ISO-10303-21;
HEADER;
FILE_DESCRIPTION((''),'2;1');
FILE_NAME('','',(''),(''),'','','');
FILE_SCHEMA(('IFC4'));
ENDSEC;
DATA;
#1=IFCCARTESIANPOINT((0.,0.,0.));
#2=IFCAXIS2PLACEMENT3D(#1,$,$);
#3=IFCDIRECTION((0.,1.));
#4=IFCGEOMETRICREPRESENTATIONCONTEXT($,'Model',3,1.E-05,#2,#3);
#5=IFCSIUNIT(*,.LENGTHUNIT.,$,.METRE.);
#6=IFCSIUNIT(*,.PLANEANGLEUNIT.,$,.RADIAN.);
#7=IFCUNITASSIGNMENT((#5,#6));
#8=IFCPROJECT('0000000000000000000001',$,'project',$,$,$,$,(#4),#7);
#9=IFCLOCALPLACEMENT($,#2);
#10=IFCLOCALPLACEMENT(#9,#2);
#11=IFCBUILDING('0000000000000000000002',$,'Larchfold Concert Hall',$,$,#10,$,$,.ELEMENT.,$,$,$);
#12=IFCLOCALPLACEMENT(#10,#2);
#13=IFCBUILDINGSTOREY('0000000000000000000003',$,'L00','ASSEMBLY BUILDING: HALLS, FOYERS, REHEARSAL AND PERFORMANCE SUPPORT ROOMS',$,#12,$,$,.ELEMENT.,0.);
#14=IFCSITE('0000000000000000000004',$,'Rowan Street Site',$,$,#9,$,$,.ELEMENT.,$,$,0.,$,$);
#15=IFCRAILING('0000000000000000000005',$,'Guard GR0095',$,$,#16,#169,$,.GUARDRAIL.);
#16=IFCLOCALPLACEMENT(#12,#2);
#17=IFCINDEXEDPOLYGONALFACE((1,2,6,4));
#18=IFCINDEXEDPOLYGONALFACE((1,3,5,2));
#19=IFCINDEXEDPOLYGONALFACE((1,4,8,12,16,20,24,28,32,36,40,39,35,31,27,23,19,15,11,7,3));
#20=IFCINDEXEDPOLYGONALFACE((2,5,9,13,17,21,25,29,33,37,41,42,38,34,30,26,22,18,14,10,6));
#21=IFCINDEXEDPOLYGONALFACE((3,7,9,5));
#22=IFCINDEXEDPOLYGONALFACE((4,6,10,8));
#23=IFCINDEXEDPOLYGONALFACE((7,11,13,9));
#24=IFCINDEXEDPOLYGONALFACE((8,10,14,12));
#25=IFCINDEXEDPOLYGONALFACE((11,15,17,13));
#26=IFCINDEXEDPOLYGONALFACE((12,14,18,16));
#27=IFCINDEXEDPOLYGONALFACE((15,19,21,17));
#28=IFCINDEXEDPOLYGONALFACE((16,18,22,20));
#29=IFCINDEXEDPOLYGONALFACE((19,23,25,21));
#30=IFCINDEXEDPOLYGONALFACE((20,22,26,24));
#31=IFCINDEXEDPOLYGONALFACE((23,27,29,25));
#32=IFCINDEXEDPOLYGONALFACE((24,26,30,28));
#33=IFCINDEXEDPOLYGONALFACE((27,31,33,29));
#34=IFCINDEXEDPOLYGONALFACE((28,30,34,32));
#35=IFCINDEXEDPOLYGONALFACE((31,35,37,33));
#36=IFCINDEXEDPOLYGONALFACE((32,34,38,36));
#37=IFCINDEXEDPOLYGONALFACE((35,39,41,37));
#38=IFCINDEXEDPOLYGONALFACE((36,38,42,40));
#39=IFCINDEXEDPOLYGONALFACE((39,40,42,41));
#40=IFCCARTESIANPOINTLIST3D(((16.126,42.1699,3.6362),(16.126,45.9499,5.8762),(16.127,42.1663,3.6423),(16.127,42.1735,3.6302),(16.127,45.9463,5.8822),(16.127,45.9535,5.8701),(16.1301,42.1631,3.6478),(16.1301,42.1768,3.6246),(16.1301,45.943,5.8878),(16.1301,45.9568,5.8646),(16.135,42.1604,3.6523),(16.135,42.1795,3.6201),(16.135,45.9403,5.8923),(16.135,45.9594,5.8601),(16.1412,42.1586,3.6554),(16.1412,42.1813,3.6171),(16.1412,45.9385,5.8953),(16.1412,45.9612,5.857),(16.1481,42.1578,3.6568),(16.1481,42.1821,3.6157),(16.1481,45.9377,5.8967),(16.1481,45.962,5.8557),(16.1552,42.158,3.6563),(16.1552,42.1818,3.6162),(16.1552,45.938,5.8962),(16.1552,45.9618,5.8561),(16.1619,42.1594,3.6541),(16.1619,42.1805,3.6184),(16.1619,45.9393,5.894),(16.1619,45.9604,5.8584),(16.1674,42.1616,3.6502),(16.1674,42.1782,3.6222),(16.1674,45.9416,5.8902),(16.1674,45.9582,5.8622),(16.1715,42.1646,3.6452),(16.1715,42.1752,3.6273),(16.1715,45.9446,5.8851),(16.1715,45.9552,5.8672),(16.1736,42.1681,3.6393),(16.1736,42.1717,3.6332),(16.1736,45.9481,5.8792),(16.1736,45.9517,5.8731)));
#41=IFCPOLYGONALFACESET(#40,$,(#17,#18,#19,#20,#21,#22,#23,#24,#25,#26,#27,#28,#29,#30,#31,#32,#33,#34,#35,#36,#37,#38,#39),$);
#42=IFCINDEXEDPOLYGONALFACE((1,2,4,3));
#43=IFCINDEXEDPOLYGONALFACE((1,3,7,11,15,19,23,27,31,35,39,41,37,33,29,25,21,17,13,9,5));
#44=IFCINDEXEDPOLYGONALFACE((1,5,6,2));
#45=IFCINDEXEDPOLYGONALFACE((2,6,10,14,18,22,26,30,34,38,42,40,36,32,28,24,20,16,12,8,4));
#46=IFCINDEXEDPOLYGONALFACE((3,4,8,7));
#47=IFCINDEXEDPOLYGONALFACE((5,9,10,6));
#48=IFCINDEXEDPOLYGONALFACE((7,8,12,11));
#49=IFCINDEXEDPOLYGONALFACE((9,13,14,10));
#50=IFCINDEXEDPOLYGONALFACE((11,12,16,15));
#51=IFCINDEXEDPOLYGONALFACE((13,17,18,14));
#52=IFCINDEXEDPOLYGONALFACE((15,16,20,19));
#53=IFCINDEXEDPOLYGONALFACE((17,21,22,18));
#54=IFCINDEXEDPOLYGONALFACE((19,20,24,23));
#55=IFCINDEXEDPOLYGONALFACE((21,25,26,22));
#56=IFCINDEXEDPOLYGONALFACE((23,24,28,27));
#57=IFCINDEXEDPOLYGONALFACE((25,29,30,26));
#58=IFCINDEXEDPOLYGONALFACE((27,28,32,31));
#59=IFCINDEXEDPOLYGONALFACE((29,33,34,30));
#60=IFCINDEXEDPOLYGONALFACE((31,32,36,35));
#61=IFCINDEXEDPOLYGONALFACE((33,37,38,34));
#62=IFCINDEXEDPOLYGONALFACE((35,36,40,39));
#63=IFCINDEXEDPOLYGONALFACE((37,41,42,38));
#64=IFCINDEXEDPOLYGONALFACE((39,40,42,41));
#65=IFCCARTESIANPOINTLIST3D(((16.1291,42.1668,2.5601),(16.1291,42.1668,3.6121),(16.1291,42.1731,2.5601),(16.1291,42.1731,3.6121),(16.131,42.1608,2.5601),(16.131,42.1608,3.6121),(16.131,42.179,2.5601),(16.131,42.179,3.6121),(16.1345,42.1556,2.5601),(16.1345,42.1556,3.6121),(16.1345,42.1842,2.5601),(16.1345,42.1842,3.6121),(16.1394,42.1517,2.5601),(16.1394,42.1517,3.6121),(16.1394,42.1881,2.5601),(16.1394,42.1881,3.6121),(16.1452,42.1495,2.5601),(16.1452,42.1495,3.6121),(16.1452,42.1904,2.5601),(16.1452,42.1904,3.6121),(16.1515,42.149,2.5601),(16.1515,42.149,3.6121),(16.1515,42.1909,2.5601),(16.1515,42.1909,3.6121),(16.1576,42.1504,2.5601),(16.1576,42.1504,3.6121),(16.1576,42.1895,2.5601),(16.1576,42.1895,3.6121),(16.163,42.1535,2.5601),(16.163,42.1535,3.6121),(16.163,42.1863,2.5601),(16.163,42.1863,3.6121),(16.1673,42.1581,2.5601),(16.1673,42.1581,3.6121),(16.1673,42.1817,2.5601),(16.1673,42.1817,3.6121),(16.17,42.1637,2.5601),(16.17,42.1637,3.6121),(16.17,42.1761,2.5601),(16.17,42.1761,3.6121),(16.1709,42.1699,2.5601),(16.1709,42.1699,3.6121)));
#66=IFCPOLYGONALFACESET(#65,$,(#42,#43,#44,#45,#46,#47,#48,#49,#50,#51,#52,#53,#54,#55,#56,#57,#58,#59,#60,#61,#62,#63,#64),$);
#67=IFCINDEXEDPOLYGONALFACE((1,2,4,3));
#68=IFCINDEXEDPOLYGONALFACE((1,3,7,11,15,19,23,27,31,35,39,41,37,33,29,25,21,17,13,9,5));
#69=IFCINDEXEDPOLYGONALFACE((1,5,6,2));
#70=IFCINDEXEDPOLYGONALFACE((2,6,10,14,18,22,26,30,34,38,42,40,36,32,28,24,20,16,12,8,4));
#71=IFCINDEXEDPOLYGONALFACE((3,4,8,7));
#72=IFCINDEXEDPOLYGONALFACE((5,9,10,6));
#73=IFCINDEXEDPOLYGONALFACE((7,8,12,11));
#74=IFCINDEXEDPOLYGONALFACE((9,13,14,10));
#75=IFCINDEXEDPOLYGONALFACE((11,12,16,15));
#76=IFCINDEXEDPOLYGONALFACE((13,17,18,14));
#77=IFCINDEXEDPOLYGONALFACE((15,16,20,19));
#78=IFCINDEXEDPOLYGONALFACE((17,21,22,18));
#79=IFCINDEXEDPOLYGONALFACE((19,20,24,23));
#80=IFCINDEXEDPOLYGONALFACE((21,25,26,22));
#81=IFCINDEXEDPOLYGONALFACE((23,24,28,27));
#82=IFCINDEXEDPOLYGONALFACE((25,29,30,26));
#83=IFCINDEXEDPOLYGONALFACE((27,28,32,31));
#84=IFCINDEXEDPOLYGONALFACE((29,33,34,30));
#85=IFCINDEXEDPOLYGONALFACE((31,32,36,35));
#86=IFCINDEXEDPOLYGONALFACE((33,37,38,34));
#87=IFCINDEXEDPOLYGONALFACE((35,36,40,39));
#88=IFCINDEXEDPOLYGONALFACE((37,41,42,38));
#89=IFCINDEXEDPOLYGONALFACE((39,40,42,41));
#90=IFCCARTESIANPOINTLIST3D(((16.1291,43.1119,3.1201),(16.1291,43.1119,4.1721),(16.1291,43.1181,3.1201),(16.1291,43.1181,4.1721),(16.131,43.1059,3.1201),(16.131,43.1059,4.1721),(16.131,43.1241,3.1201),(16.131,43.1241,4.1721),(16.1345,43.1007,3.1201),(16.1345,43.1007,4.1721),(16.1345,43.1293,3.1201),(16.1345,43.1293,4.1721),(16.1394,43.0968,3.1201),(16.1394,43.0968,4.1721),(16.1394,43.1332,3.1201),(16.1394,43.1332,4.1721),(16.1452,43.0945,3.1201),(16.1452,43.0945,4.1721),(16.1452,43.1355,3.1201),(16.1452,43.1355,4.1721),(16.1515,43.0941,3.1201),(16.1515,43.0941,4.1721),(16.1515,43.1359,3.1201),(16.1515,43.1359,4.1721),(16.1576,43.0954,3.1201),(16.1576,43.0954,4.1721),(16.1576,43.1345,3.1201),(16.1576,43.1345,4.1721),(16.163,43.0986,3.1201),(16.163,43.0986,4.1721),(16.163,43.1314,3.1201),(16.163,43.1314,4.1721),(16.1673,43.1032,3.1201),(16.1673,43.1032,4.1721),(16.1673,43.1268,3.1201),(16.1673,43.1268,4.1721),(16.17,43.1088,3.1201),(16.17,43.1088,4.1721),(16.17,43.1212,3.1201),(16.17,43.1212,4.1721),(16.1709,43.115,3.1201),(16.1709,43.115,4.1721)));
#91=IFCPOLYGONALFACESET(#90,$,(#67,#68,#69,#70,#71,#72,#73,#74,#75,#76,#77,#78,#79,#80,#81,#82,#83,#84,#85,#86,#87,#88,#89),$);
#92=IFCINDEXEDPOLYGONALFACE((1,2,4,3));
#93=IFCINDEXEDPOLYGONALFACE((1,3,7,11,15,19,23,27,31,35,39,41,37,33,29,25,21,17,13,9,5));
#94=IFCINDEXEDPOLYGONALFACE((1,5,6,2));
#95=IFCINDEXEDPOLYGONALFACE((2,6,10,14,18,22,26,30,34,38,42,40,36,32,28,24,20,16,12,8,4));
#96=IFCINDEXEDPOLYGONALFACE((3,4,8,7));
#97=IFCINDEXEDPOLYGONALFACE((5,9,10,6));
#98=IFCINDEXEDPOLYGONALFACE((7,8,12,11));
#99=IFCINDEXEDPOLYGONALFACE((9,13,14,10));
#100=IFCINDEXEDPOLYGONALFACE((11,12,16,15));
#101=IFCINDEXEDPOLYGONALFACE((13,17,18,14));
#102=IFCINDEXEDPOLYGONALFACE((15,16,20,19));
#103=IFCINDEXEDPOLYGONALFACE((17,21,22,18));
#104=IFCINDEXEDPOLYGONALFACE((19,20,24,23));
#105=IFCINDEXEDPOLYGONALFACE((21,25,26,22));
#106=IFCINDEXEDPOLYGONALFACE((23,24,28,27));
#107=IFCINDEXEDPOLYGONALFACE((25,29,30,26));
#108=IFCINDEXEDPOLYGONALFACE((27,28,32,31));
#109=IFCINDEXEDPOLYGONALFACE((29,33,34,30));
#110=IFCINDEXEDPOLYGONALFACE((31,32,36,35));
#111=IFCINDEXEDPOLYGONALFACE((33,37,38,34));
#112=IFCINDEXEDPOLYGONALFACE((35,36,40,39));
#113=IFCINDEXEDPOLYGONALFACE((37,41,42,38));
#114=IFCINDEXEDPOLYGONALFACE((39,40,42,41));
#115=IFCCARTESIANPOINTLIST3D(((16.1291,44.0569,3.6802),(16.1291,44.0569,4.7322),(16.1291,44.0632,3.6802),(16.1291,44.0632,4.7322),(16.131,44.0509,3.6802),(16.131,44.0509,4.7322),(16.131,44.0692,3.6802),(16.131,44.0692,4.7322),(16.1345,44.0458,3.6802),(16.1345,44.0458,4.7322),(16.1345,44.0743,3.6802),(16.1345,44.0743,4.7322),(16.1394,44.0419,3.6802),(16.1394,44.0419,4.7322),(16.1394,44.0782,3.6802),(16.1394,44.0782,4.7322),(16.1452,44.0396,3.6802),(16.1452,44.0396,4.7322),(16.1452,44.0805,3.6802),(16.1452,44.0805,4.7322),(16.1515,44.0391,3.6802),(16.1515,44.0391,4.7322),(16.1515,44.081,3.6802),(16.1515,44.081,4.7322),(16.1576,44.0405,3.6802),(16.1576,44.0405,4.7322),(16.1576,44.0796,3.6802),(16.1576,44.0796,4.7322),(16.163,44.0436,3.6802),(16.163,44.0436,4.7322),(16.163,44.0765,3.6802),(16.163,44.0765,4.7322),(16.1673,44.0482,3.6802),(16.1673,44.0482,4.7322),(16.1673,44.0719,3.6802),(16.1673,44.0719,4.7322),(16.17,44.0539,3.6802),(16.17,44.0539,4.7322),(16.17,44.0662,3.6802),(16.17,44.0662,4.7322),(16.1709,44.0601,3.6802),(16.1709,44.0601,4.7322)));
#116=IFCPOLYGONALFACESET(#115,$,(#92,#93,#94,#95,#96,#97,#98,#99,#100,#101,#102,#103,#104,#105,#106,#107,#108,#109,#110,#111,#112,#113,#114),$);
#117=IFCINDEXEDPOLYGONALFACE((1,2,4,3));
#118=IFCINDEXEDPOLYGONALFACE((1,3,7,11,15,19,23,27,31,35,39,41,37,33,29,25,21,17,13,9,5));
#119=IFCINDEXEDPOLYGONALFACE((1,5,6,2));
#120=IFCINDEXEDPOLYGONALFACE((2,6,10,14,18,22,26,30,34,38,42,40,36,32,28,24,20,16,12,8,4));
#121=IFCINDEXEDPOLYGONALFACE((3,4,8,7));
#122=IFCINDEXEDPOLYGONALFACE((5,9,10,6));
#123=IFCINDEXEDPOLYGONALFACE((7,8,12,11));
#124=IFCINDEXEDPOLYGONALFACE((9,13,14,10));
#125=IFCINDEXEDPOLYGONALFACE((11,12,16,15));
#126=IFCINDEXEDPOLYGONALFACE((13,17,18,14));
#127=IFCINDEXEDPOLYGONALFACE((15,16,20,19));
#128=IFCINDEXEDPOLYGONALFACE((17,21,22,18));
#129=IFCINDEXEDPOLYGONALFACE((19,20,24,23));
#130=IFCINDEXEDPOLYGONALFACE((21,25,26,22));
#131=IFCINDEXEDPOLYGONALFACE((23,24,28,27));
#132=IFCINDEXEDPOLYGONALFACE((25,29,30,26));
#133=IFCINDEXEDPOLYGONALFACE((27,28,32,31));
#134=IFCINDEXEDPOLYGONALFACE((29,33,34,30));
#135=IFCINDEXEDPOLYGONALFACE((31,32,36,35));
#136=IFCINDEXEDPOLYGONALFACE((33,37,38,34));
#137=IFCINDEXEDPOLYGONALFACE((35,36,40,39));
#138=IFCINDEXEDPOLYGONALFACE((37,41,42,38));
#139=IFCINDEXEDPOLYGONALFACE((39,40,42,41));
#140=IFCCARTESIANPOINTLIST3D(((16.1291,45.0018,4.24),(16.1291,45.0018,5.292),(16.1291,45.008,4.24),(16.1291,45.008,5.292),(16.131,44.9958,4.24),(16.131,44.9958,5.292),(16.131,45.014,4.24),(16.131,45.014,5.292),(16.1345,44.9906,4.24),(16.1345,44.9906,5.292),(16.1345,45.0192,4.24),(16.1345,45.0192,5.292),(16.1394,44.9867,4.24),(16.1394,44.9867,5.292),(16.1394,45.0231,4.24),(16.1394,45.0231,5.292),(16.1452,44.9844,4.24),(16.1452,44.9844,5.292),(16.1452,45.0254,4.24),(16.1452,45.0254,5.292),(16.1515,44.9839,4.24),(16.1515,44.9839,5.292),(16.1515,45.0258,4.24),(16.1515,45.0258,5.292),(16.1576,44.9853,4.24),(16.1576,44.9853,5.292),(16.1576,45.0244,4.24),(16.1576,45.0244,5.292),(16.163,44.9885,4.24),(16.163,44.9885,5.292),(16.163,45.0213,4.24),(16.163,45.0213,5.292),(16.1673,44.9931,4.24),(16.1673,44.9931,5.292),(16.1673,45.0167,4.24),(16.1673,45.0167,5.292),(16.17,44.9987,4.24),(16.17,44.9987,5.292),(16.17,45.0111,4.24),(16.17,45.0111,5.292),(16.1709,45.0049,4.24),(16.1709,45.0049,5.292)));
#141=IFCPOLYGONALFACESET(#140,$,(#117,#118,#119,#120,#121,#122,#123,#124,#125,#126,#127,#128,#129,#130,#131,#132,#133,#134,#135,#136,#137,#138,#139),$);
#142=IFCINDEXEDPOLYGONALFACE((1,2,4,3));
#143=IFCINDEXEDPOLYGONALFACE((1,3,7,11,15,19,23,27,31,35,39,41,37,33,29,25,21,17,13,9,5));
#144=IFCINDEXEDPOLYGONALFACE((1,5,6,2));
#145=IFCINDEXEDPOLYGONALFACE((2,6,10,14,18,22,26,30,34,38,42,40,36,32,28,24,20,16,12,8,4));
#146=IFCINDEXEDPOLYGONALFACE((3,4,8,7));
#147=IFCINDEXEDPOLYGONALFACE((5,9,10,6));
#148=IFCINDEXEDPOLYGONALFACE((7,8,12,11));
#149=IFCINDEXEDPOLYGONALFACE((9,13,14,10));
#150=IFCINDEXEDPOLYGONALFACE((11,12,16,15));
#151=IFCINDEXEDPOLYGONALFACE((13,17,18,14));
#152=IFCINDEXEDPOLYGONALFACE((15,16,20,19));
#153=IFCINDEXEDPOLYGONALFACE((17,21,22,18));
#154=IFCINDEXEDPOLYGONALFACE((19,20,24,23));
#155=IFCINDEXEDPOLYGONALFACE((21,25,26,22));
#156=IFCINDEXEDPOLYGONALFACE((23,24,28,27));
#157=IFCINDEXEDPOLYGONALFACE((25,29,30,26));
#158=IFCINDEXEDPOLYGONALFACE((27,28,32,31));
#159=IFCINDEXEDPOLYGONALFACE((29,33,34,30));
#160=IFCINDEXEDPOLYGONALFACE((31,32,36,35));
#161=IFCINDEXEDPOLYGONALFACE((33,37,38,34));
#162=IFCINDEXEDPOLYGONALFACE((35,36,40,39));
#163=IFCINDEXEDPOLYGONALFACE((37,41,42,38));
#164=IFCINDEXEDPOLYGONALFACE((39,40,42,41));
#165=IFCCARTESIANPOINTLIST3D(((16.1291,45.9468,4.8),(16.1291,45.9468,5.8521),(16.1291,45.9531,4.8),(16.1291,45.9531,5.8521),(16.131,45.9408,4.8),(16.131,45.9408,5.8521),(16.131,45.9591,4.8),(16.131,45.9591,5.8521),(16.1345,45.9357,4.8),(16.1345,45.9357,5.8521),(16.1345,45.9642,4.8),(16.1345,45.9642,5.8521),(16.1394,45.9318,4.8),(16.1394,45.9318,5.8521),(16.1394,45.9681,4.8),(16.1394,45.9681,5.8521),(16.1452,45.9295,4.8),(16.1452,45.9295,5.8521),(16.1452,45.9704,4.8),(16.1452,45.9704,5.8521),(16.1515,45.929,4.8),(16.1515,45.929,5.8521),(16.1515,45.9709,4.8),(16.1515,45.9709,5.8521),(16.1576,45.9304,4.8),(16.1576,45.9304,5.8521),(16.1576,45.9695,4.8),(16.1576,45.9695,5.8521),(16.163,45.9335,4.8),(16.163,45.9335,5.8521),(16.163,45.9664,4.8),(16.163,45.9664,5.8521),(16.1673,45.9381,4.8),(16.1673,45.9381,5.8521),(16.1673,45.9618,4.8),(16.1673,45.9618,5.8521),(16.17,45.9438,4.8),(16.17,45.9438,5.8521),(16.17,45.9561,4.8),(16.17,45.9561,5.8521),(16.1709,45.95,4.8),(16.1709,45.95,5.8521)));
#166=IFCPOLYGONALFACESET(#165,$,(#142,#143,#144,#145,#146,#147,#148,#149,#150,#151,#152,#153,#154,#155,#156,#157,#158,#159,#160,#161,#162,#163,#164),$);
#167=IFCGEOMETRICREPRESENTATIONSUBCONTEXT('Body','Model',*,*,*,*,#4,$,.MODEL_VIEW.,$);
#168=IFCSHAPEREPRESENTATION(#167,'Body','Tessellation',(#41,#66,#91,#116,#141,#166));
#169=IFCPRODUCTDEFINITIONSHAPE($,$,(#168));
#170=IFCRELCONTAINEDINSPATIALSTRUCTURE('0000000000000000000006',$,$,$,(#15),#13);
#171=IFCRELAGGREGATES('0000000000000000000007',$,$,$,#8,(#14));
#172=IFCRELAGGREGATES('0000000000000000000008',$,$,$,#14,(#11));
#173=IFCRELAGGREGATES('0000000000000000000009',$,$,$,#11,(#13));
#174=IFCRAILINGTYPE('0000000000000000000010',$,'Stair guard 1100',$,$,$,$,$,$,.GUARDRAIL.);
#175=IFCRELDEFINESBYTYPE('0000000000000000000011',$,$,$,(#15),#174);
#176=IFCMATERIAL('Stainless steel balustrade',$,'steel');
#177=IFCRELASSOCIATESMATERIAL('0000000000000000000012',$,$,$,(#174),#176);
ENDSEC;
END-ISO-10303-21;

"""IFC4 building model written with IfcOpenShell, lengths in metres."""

from ifc_helpers import new_model, si_unit, direction, frame, origin, origin_2d, place, context, subcontext, project, spatial, circle, extrude, material, type_object, element, save


model = new_model("IFC4")

# Units and contexts
model_context = context("Model", 3, precision=1e-05, world=origin(), true_north=direction((0.0, 1.0)))
body_context = subcontext(model_context, "Body", "Model", "MODEL_VIEW")
ifc_project = project(units=[si_unit("LENGTHUNIT", "METRE"), si_unit("PLANEANGLEUNIT", "RADIAN")], contexts=[model_context])

# Site, building, storey
site_placement = place(None, origin())
site = spatial("IfcSite", under=ifc_project, at=site_placement, Name="Rowan Street Site", CompositionType="ELEMENT", RefElevation=0.0)
building_placement = place(site_placement, origin())
building = spatial("IfcBuilding", under=site, at=building_placement, Name="Larchfold Concert Hall", CompositionType="ELEMENT")
storey_placement = place(building_placement, origin())
storey = spatial("IfcBuildingStorey", under=building, at=storey_placement, Name="L00", Description="ASSEMBLY BUILDING: HALLS, FOYERS, REHEARSAL AND PERFORMANCE SUPPORT ROOMS", CompositionType="ELEMENT", Elevation=0.0)

# Railing
ifc_material_1 = material(Name="Stainless steel balustrade", Category="steel")
railing_type_1 = type_object("IfcRailingType", Name="Stair guard 1100", PredefinedType="GUARDRAIL", material=ifc_material_1)
railing_1_placement = place(storey_placement, frame((16.1499, 42.1699, 2.5601)))
element("IfcRailing", 1, at=railing_1_placement, inside=storey, type_object=railing_type_1, Name="Guard GR0095", PredefinedType="GUARDRAIL", context=body_context, shape_type="SweptSolid", body=[
    extrude(circle(Radius=0.0239, at=origin_2d()), frame((0.0, 0.0, 1.0762), z_axis=(0.0, 0.860294, 0.509798), x_axis=(-1.0, 0.0, 0.0)), (0.0, 0.0, 1.0), 4.3938),
    extrude(circle(Radius=0.021, at=origin_2d()), origin(), (0.0, 0.0, 1.0), 1.052),
    extrude(circle(Radius=0.021, at=origin_2d()), frame((0.0, 0.9451, 0.5601)), (0.0, 0.0, 1.0), 1.052),
    extrude(circle(Radius=0.021, at=origin_2d()), frame((0.0, 1.8901, 1.1201)), (0.0, 0.0, 1.0), 1.052),
    extrude(circle(Radius=0.021, at=origin_2d()), frame((0.0, 2.835, 1.6799)), (0.0, 0.0, 1.0), 1.052),
    extrude(circle(Radius=0.021, at=origin_2d()), frame((0.0, 3.78, 2.24)), (0.0, 0.0, 1.0), 1.052),
])

save(model, "model.ifc")
